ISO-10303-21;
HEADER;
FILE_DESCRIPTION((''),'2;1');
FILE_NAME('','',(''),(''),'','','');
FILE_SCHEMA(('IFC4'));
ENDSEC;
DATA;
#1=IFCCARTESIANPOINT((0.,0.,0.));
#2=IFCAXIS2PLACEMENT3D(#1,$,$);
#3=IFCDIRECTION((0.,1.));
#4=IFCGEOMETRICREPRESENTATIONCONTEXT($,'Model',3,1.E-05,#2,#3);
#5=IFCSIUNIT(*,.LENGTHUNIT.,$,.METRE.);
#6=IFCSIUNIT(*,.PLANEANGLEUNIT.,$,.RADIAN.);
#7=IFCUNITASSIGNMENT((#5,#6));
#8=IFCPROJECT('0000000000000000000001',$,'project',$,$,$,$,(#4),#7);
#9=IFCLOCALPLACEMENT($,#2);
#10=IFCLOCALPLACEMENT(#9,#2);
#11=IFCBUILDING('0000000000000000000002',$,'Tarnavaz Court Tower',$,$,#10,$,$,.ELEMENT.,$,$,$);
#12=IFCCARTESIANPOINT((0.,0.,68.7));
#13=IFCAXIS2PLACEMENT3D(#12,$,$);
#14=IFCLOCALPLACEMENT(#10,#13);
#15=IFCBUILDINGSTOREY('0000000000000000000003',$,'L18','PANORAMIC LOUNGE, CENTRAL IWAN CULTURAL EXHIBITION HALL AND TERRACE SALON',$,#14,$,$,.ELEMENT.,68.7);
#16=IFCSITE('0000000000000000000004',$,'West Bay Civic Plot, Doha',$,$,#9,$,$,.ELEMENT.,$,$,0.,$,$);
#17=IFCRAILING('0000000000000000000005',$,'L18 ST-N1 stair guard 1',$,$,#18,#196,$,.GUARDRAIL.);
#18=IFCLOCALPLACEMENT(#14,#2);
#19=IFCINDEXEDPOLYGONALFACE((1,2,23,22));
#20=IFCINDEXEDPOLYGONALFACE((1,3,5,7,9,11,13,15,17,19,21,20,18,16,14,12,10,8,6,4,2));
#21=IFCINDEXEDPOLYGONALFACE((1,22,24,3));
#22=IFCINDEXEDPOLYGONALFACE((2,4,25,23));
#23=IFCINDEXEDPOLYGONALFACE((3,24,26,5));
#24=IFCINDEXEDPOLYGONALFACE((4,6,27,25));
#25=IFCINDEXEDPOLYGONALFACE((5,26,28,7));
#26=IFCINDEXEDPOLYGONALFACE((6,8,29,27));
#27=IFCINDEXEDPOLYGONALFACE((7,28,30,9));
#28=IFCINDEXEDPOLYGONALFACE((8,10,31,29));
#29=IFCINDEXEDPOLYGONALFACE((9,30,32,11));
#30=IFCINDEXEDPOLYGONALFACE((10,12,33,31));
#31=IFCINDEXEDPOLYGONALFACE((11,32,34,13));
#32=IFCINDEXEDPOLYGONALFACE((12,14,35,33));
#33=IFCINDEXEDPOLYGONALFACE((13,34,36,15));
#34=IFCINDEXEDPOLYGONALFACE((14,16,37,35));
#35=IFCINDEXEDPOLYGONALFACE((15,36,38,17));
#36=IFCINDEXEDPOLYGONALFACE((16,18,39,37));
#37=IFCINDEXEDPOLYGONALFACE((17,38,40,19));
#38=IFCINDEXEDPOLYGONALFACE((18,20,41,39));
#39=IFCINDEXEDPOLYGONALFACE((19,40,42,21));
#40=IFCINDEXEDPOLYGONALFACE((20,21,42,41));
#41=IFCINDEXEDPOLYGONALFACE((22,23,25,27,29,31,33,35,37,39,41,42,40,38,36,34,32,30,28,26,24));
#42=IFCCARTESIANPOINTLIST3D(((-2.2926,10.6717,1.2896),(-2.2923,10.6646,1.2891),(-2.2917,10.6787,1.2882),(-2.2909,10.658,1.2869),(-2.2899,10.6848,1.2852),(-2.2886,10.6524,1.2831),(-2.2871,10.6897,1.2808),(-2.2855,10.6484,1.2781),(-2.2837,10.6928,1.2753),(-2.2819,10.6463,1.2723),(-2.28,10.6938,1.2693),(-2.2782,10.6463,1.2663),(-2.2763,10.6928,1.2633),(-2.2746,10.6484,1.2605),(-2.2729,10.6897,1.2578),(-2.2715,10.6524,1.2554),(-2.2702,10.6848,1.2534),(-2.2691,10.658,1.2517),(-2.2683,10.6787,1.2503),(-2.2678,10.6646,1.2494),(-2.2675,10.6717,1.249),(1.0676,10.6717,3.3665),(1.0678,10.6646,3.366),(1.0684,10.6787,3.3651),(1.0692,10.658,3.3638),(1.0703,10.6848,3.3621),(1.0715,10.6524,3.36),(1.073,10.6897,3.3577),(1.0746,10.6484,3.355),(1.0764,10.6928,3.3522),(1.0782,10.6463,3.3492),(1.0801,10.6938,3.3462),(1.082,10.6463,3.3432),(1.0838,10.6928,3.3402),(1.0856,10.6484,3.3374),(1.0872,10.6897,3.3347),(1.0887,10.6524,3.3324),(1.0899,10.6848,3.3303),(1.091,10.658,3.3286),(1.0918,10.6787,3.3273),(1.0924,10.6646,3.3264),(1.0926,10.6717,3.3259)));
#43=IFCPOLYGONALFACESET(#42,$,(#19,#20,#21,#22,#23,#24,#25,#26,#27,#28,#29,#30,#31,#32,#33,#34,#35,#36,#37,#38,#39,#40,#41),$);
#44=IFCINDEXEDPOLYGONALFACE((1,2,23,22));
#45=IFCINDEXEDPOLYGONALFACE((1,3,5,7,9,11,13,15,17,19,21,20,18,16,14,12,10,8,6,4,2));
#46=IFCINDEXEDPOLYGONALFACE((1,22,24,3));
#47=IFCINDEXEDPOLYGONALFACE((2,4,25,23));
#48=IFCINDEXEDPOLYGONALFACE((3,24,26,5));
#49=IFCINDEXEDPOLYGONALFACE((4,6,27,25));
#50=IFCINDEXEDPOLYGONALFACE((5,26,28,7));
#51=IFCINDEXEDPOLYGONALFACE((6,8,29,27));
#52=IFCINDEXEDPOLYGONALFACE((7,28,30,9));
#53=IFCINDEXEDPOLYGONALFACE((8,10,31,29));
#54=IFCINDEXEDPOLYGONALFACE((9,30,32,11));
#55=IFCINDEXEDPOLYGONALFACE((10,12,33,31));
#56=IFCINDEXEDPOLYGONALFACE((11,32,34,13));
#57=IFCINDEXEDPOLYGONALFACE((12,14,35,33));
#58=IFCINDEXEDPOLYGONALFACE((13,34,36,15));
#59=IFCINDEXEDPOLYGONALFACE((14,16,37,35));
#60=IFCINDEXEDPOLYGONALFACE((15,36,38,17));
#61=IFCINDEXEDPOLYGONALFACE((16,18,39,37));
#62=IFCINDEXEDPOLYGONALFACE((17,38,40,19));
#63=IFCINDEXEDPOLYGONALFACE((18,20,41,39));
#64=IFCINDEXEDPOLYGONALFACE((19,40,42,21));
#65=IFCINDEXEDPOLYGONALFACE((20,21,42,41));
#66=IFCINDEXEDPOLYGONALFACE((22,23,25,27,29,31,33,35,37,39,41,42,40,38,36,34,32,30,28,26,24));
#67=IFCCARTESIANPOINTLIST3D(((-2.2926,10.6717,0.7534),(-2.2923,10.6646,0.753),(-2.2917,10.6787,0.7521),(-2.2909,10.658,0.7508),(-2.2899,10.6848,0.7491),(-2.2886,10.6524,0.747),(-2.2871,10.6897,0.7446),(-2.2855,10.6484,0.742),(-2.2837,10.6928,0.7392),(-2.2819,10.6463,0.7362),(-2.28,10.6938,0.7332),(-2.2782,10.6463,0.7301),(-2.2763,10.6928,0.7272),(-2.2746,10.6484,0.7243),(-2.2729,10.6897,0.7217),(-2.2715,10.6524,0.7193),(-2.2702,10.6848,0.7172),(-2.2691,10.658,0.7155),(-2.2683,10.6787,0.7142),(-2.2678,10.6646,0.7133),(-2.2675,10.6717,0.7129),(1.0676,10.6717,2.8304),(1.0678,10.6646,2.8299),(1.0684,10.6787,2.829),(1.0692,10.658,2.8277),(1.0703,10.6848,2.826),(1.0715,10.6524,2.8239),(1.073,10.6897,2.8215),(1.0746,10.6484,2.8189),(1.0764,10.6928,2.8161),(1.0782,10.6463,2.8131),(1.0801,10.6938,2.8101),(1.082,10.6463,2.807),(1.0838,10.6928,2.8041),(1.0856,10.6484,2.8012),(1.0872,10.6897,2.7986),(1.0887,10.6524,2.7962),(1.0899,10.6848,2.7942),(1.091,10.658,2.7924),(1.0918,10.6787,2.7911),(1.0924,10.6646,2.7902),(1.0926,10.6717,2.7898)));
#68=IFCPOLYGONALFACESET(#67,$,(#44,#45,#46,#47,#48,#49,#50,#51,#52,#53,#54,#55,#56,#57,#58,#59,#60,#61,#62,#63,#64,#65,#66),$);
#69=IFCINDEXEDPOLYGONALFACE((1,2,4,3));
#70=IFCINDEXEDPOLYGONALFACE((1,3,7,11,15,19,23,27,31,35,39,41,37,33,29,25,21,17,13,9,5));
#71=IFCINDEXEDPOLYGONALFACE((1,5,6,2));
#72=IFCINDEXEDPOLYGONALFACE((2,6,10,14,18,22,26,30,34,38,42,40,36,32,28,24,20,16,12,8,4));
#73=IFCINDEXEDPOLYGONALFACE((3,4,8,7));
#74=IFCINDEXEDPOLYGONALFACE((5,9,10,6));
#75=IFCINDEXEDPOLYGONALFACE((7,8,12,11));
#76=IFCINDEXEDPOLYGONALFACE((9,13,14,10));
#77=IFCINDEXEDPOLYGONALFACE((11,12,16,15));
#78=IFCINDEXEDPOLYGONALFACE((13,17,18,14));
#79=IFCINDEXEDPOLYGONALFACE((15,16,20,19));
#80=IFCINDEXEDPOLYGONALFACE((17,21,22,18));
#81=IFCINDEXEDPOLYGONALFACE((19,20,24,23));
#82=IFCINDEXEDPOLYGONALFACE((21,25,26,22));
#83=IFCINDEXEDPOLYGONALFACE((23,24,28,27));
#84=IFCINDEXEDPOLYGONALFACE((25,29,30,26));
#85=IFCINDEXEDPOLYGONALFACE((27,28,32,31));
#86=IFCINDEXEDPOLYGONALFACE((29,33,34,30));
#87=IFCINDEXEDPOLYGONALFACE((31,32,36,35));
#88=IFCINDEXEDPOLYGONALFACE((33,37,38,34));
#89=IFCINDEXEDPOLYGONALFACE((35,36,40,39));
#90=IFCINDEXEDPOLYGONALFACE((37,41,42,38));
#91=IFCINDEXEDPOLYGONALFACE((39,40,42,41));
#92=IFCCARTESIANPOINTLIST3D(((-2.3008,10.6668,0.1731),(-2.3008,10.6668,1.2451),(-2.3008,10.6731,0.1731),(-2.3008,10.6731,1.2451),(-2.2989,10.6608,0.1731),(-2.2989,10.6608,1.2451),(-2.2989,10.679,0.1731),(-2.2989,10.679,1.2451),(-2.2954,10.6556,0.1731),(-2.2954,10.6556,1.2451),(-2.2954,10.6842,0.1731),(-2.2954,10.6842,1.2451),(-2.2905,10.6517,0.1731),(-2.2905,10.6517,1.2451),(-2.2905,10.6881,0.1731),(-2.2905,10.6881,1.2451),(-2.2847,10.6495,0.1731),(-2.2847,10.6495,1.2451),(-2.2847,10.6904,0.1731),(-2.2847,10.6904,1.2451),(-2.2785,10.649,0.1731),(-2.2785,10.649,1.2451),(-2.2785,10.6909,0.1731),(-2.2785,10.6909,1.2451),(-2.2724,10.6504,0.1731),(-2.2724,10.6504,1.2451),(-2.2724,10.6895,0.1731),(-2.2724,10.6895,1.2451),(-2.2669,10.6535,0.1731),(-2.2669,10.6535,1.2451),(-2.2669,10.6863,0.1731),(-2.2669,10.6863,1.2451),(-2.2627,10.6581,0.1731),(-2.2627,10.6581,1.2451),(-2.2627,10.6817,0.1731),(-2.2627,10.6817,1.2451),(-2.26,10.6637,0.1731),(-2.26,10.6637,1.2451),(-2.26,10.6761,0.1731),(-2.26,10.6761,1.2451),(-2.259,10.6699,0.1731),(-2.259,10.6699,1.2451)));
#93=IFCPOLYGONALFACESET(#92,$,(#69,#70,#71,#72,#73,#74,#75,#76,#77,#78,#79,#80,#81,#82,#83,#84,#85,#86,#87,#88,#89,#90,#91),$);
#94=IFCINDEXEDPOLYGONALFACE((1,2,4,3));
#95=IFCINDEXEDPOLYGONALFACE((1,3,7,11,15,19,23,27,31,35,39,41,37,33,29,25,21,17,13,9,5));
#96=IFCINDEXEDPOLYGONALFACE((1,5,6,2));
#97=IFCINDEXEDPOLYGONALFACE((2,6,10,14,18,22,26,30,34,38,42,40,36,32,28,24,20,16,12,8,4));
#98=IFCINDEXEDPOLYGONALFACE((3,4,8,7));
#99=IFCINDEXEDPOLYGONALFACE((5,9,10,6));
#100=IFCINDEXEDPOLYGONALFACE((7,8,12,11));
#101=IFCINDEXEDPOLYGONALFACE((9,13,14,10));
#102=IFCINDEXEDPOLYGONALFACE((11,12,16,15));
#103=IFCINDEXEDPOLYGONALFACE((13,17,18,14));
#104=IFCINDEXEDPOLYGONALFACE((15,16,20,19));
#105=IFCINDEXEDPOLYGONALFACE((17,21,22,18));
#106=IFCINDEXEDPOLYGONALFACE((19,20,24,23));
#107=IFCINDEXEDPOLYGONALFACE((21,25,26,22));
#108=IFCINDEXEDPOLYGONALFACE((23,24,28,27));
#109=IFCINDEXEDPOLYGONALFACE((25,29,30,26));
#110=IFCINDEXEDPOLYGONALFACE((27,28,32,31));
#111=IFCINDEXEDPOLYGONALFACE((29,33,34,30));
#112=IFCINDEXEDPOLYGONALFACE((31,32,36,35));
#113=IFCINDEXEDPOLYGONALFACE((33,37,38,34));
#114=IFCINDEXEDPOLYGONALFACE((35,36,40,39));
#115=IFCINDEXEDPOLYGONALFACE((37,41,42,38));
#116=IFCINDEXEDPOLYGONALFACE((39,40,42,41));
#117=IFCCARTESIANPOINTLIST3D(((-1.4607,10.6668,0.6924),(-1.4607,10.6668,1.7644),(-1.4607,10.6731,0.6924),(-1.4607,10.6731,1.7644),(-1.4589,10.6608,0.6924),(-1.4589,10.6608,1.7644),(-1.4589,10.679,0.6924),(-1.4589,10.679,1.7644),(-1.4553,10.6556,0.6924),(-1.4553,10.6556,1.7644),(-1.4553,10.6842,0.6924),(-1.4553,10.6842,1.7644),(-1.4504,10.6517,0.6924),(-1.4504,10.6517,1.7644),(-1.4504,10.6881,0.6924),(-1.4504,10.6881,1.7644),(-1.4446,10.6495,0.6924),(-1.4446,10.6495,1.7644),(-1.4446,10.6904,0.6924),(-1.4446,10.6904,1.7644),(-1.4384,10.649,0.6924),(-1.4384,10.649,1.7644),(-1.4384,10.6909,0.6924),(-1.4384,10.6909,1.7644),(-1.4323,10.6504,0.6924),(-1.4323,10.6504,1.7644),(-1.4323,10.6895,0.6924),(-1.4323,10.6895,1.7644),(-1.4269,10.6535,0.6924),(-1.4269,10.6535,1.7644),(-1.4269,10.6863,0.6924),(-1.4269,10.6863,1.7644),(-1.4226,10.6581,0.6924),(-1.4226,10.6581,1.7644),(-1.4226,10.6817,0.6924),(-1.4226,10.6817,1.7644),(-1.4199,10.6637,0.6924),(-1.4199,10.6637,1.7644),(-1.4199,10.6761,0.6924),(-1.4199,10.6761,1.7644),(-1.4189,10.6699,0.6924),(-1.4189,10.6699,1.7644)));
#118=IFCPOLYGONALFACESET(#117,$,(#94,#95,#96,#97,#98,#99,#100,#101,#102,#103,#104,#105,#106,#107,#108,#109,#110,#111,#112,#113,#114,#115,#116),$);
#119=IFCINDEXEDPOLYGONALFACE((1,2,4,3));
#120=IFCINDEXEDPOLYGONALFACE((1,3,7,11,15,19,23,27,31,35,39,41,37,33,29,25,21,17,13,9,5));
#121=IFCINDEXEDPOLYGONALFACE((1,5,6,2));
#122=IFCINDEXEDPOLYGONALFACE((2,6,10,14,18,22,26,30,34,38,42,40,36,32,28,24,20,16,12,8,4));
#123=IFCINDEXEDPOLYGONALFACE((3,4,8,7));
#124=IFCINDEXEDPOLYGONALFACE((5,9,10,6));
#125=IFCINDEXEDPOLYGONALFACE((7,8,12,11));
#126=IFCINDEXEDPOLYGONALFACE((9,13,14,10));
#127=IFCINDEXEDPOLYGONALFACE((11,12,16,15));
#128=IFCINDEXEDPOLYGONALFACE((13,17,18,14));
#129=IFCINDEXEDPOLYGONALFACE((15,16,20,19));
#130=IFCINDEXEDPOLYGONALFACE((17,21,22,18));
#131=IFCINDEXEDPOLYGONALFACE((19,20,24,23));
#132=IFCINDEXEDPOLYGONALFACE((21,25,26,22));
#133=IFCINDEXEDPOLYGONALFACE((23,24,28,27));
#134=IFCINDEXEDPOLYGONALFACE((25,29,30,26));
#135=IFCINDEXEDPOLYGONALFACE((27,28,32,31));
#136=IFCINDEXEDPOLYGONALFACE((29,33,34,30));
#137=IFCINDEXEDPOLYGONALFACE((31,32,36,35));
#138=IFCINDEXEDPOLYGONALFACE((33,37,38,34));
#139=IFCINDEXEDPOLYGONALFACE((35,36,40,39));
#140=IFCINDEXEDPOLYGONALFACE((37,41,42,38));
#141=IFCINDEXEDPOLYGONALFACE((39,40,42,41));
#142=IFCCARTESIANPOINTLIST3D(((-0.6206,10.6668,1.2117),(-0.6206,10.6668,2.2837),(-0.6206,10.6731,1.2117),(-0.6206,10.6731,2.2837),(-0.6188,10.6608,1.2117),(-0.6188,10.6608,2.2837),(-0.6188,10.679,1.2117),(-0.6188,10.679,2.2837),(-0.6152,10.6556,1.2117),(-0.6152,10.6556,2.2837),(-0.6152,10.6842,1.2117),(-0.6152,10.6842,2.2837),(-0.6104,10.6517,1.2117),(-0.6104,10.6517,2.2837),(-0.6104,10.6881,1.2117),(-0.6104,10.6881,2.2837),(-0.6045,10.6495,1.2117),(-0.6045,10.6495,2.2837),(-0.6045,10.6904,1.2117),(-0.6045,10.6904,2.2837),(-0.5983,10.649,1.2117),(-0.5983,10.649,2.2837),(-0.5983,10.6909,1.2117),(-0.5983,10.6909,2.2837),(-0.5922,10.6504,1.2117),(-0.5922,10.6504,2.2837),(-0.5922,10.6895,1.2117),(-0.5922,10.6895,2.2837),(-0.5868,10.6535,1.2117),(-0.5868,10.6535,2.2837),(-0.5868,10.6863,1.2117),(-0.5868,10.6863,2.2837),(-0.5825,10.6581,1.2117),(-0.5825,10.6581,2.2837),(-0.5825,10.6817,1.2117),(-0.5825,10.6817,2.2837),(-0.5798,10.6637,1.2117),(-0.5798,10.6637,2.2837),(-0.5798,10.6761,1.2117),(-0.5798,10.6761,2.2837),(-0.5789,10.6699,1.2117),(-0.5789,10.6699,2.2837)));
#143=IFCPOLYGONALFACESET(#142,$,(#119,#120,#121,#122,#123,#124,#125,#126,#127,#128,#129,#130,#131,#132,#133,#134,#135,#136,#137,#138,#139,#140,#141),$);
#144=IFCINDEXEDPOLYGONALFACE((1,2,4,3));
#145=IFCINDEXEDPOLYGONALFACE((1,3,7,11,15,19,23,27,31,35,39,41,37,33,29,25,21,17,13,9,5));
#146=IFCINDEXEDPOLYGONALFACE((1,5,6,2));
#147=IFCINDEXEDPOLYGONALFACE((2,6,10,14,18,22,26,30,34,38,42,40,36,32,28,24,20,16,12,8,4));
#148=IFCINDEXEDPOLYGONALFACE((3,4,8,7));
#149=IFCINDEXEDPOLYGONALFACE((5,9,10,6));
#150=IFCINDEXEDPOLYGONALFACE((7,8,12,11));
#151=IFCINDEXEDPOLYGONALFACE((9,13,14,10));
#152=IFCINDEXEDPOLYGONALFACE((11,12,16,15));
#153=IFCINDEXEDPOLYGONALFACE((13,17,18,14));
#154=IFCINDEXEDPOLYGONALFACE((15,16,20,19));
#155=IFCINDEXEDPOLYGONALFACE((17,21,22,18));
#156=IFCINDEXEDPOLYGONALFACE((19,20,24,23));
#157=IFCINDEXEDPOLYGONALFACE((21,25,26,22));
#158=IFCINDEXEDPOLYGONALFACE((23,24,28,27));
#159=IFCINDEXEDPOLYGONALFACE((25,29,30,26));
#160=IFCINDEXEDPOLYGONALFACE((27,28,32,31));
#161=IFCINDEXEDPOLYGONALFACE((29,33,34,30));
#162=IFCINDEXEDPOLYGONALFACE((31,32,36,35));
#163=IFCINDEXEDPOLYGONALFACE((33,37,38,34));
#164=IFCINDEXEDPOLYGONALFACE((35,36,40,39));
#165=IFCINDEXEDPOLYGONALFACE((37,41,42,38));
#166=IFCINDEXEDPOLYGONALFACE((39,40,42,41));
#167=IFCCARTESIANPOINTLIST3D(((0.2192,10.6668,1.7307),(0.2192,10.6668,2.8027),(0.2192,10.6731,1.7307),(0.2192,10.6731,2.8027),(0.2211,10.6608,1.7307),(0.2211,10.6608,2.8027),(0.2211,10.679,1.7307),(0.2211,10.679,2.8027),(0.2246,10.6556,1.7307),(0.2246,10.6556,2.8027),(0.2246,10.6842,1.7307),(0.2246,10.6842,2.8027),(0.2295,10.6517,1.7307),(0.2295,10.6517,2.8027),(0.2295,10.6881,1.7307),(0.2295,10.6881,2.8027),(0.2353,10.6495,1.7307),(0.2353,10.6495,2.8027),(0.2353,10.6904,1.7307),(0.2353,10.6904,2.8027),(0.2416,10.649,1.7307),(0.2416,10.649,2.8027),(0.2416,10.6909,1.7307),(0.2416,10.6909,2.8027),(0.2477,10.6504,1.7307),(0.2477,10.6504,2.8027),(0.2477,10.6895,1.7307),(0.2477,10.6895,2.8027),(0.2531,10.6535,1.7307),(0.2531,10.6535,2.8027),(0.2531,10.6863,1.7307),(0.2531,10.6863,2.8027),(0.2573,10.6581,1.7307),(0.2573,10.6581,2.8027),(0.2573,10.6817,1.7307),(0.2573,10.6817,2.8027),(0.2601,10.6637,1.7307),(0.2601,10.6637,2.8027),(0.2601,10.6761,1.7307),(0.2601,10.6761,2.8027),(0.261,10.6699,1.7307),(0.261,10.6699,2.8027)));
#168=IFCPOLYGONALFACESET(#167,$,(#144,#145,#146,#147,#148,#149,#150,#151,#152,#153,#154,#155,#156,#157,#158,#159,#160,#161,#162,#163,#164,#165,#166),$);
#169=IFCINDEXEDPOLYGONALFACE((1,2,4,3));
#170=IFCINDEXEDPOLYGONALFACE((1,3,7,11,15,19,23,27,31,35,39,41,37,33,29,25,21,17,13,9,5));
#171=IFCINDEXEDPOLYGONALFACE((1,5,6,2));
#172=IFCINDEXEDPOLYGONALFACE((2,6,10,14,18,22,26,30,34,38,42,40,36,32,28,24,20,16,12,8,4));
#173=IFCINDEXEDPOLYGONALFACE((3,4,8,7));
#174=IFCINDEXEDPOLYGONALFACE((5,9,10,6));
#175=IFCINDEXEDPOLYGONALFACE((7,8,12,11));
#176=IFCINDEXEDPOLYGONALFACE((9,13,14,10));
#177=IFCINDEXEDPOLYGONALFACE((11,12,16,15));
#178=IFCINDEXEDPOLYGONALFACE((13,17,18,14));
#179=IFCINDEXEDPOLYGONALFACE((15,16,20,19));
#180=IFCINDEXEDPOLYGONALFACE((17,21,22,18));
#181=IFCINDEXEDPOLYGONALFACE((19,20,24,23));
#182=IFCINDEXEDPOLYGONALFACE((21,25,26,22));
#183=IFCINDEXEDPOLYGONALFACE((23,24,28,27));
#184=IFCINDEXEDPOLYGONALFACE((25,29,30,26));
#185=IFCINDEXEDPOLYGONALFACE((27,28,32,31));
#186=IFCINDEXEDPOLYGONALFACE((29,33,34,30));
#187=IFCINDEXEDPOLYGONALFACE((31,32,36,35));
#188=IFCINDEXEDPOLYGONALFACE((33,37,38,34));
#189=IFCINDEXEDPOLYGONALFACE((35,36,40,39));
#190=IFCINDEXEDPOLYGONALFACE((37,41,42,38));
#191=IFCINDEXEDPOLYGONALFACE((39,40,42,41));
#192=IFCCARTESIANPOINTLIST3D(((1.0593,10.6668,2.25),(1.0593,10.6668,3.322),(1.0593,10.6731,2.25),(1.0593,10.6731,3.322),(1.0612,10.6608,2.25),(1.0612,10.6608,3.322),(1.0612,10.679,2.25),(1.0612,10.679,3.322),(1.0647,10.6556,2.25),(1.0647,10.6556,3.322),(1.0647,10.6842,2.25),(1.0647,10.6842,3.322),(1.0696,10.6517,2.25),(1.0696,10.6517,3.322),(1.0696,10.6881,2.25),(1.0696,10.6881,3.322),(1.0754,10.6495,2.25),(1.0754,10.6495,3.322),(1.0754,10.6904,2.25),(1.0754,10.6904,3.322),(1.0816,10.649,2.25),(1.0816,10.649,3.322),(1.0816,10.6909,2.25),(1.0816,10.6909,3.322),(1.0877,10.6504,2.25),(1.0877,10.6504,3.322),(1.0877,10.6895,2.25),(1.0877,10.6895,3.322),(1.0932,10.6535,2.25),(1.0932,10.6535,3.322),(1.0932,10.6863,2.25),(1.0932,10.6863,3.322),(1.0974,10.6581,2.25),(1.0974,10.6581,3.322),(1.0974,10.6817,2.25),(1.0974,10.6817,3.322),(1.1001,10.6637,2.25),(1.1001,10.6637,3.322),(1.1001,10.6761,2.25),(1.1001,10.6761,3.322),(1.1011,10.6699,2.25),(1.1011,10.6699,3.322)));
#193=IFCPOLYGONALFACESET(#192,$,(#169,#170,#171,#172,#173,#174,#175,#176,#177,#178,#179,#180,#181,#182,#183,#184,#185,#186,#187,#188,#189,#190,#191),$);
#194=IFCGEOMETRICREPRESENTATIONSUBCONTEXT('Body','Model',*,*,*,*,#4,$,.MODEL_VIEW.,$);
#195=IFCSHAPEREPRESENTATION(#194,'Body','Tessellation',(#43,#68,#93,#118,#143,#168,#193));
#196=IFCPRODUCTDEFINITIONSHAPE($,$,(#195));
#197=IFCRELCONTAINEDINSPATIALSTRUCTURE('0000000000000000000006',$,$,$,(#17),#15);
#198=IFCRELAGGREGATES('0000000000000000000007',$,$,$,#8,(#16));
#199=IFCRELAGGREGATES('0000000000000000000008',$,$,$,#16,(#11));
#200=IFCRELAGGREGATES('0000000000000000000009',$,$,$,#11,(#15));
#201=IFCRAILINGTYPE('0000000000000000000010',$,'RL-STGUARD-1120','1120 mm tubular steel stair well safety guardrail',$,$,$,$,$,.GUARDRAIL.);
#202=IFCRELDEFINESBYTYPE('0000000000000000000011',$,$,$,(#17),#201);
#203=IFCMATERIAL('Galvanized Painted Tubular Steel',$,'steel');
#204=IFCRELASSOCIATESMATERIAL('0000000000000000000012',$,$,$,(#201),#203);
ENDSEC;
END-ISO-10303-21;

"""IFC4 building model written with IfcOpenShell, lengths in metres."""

from ifc_helpers import new_model, si_unit, direction, frame, origin, origin_2d, place, context, subcontext, project, spatial, circle, extrude, material, type_object, element, save


model = new_model("IFC4")

# Units and contexts
model_context = context("Model", 3, precision=1e-05, world=origin(), true_north=direction((0.0, 1.0)))
body_context = subcontext(model_context, "Body", "Model", "MODEL_VIEW")
ifc_project = project(units=[si_unit("LENGTHUNIT", "METRE"), si_unit("PLANEANGLEUNIT", "RADIAN")], contexts=[model_context])

# Site, building, storey
site_placement = place(None, origin())
site = spatial("IfcSite", under=ifc_project, at=site_placement, Name="West Bay Civic Plot, Doha", CompositionType="ELEMENT", RefElevation=0.0)
building_placement = place(site_placement, origin())
building = spatial("IfcBuilding", under=site, at=building_placement, Name="Tarnavaz Court Tower", CompositionType="ELEMENT")
storey_placement = place(building_placement, frame((0.0, 0.0, 68.7)))
storey = spatial("IfcBuildingStorey", under=building, at=storey_placement, Name="L18", Description="PANORAMIC LOUNGE, CENTRAL IWAN CULTURAL EXHIBITION HALL AND TERRACE SALON", CompositionType="ELEMENT", Elevation=68.7)

# Railing
ifc_material_1 = material(Name="Galvanized Painted Tubular Steel", Category="steel")
railing_type_1 = type_object("IfcRailingType", Name="RL-STGUARD-1120", Description="1120 mm tubular steel stair well safety guardrail", PredefinedType="GUARDRAIL", material=ifc_material_1)
railing_1_placement = place(storey_placement, frame((-2.28, 10.6699, 0.1731)))
element("IfcRailing", 1, at=railing_1_placement, inside=storey, type_object=railing_type_1, Name="L18 ST-N1 stair guard 1", PredefinedType="GUARDRAIL", context=body_context, shape_type="SweptSolid", body=[
    extrude(circle(Radius=0.0239, at=origin_2d()), frame((0.0, 0.0, 1.0962), z_axis=(0.850623, 0.0, 0.525776), x_axis=(0.0, 1.0, 0.0)), (0.0, 0.0, 1.0), 3.9502),
    extrude(circle(Radius=0.0239, at=origin_2d()), frame((0.0, 0.0, 0.5601), z_axis=(0.850623, 0.0, 0.525776), x_axis=(0.0, 1.0, 0.0)), (0.0, 0.0, 1.0), 3.9502),
    extrude(circle(Radius=0.021, at=origin_2d()), origin(), (0.0, 0.0, 1.0), 1.072),
    extrude(circle(Radius=0.021, at=origin_2d()), frame((0.8401, 0.0, 0.5193)), (0.0, 0.0, 1.0), 1.072),
    extrude(circle(Radius=0.021, at=origin_2d()), frame((1.6802, 0.0, 1.0386)), (0.0, 0.0, 1.0), 1.072),
    extrude(circle(Radius=0.021, at=origin_2d()), frame((2.52, 0.0, 1.5576)), (0.0, 0.0, 1.0), 1.072),
    extrude(circle(Radius=0.021, at=origin_2d()), frame((3.3601, 0.0, 2.0769)), (0.0, 0.0, 1.0), 1.072),
])

save(model, "model.ifc")
